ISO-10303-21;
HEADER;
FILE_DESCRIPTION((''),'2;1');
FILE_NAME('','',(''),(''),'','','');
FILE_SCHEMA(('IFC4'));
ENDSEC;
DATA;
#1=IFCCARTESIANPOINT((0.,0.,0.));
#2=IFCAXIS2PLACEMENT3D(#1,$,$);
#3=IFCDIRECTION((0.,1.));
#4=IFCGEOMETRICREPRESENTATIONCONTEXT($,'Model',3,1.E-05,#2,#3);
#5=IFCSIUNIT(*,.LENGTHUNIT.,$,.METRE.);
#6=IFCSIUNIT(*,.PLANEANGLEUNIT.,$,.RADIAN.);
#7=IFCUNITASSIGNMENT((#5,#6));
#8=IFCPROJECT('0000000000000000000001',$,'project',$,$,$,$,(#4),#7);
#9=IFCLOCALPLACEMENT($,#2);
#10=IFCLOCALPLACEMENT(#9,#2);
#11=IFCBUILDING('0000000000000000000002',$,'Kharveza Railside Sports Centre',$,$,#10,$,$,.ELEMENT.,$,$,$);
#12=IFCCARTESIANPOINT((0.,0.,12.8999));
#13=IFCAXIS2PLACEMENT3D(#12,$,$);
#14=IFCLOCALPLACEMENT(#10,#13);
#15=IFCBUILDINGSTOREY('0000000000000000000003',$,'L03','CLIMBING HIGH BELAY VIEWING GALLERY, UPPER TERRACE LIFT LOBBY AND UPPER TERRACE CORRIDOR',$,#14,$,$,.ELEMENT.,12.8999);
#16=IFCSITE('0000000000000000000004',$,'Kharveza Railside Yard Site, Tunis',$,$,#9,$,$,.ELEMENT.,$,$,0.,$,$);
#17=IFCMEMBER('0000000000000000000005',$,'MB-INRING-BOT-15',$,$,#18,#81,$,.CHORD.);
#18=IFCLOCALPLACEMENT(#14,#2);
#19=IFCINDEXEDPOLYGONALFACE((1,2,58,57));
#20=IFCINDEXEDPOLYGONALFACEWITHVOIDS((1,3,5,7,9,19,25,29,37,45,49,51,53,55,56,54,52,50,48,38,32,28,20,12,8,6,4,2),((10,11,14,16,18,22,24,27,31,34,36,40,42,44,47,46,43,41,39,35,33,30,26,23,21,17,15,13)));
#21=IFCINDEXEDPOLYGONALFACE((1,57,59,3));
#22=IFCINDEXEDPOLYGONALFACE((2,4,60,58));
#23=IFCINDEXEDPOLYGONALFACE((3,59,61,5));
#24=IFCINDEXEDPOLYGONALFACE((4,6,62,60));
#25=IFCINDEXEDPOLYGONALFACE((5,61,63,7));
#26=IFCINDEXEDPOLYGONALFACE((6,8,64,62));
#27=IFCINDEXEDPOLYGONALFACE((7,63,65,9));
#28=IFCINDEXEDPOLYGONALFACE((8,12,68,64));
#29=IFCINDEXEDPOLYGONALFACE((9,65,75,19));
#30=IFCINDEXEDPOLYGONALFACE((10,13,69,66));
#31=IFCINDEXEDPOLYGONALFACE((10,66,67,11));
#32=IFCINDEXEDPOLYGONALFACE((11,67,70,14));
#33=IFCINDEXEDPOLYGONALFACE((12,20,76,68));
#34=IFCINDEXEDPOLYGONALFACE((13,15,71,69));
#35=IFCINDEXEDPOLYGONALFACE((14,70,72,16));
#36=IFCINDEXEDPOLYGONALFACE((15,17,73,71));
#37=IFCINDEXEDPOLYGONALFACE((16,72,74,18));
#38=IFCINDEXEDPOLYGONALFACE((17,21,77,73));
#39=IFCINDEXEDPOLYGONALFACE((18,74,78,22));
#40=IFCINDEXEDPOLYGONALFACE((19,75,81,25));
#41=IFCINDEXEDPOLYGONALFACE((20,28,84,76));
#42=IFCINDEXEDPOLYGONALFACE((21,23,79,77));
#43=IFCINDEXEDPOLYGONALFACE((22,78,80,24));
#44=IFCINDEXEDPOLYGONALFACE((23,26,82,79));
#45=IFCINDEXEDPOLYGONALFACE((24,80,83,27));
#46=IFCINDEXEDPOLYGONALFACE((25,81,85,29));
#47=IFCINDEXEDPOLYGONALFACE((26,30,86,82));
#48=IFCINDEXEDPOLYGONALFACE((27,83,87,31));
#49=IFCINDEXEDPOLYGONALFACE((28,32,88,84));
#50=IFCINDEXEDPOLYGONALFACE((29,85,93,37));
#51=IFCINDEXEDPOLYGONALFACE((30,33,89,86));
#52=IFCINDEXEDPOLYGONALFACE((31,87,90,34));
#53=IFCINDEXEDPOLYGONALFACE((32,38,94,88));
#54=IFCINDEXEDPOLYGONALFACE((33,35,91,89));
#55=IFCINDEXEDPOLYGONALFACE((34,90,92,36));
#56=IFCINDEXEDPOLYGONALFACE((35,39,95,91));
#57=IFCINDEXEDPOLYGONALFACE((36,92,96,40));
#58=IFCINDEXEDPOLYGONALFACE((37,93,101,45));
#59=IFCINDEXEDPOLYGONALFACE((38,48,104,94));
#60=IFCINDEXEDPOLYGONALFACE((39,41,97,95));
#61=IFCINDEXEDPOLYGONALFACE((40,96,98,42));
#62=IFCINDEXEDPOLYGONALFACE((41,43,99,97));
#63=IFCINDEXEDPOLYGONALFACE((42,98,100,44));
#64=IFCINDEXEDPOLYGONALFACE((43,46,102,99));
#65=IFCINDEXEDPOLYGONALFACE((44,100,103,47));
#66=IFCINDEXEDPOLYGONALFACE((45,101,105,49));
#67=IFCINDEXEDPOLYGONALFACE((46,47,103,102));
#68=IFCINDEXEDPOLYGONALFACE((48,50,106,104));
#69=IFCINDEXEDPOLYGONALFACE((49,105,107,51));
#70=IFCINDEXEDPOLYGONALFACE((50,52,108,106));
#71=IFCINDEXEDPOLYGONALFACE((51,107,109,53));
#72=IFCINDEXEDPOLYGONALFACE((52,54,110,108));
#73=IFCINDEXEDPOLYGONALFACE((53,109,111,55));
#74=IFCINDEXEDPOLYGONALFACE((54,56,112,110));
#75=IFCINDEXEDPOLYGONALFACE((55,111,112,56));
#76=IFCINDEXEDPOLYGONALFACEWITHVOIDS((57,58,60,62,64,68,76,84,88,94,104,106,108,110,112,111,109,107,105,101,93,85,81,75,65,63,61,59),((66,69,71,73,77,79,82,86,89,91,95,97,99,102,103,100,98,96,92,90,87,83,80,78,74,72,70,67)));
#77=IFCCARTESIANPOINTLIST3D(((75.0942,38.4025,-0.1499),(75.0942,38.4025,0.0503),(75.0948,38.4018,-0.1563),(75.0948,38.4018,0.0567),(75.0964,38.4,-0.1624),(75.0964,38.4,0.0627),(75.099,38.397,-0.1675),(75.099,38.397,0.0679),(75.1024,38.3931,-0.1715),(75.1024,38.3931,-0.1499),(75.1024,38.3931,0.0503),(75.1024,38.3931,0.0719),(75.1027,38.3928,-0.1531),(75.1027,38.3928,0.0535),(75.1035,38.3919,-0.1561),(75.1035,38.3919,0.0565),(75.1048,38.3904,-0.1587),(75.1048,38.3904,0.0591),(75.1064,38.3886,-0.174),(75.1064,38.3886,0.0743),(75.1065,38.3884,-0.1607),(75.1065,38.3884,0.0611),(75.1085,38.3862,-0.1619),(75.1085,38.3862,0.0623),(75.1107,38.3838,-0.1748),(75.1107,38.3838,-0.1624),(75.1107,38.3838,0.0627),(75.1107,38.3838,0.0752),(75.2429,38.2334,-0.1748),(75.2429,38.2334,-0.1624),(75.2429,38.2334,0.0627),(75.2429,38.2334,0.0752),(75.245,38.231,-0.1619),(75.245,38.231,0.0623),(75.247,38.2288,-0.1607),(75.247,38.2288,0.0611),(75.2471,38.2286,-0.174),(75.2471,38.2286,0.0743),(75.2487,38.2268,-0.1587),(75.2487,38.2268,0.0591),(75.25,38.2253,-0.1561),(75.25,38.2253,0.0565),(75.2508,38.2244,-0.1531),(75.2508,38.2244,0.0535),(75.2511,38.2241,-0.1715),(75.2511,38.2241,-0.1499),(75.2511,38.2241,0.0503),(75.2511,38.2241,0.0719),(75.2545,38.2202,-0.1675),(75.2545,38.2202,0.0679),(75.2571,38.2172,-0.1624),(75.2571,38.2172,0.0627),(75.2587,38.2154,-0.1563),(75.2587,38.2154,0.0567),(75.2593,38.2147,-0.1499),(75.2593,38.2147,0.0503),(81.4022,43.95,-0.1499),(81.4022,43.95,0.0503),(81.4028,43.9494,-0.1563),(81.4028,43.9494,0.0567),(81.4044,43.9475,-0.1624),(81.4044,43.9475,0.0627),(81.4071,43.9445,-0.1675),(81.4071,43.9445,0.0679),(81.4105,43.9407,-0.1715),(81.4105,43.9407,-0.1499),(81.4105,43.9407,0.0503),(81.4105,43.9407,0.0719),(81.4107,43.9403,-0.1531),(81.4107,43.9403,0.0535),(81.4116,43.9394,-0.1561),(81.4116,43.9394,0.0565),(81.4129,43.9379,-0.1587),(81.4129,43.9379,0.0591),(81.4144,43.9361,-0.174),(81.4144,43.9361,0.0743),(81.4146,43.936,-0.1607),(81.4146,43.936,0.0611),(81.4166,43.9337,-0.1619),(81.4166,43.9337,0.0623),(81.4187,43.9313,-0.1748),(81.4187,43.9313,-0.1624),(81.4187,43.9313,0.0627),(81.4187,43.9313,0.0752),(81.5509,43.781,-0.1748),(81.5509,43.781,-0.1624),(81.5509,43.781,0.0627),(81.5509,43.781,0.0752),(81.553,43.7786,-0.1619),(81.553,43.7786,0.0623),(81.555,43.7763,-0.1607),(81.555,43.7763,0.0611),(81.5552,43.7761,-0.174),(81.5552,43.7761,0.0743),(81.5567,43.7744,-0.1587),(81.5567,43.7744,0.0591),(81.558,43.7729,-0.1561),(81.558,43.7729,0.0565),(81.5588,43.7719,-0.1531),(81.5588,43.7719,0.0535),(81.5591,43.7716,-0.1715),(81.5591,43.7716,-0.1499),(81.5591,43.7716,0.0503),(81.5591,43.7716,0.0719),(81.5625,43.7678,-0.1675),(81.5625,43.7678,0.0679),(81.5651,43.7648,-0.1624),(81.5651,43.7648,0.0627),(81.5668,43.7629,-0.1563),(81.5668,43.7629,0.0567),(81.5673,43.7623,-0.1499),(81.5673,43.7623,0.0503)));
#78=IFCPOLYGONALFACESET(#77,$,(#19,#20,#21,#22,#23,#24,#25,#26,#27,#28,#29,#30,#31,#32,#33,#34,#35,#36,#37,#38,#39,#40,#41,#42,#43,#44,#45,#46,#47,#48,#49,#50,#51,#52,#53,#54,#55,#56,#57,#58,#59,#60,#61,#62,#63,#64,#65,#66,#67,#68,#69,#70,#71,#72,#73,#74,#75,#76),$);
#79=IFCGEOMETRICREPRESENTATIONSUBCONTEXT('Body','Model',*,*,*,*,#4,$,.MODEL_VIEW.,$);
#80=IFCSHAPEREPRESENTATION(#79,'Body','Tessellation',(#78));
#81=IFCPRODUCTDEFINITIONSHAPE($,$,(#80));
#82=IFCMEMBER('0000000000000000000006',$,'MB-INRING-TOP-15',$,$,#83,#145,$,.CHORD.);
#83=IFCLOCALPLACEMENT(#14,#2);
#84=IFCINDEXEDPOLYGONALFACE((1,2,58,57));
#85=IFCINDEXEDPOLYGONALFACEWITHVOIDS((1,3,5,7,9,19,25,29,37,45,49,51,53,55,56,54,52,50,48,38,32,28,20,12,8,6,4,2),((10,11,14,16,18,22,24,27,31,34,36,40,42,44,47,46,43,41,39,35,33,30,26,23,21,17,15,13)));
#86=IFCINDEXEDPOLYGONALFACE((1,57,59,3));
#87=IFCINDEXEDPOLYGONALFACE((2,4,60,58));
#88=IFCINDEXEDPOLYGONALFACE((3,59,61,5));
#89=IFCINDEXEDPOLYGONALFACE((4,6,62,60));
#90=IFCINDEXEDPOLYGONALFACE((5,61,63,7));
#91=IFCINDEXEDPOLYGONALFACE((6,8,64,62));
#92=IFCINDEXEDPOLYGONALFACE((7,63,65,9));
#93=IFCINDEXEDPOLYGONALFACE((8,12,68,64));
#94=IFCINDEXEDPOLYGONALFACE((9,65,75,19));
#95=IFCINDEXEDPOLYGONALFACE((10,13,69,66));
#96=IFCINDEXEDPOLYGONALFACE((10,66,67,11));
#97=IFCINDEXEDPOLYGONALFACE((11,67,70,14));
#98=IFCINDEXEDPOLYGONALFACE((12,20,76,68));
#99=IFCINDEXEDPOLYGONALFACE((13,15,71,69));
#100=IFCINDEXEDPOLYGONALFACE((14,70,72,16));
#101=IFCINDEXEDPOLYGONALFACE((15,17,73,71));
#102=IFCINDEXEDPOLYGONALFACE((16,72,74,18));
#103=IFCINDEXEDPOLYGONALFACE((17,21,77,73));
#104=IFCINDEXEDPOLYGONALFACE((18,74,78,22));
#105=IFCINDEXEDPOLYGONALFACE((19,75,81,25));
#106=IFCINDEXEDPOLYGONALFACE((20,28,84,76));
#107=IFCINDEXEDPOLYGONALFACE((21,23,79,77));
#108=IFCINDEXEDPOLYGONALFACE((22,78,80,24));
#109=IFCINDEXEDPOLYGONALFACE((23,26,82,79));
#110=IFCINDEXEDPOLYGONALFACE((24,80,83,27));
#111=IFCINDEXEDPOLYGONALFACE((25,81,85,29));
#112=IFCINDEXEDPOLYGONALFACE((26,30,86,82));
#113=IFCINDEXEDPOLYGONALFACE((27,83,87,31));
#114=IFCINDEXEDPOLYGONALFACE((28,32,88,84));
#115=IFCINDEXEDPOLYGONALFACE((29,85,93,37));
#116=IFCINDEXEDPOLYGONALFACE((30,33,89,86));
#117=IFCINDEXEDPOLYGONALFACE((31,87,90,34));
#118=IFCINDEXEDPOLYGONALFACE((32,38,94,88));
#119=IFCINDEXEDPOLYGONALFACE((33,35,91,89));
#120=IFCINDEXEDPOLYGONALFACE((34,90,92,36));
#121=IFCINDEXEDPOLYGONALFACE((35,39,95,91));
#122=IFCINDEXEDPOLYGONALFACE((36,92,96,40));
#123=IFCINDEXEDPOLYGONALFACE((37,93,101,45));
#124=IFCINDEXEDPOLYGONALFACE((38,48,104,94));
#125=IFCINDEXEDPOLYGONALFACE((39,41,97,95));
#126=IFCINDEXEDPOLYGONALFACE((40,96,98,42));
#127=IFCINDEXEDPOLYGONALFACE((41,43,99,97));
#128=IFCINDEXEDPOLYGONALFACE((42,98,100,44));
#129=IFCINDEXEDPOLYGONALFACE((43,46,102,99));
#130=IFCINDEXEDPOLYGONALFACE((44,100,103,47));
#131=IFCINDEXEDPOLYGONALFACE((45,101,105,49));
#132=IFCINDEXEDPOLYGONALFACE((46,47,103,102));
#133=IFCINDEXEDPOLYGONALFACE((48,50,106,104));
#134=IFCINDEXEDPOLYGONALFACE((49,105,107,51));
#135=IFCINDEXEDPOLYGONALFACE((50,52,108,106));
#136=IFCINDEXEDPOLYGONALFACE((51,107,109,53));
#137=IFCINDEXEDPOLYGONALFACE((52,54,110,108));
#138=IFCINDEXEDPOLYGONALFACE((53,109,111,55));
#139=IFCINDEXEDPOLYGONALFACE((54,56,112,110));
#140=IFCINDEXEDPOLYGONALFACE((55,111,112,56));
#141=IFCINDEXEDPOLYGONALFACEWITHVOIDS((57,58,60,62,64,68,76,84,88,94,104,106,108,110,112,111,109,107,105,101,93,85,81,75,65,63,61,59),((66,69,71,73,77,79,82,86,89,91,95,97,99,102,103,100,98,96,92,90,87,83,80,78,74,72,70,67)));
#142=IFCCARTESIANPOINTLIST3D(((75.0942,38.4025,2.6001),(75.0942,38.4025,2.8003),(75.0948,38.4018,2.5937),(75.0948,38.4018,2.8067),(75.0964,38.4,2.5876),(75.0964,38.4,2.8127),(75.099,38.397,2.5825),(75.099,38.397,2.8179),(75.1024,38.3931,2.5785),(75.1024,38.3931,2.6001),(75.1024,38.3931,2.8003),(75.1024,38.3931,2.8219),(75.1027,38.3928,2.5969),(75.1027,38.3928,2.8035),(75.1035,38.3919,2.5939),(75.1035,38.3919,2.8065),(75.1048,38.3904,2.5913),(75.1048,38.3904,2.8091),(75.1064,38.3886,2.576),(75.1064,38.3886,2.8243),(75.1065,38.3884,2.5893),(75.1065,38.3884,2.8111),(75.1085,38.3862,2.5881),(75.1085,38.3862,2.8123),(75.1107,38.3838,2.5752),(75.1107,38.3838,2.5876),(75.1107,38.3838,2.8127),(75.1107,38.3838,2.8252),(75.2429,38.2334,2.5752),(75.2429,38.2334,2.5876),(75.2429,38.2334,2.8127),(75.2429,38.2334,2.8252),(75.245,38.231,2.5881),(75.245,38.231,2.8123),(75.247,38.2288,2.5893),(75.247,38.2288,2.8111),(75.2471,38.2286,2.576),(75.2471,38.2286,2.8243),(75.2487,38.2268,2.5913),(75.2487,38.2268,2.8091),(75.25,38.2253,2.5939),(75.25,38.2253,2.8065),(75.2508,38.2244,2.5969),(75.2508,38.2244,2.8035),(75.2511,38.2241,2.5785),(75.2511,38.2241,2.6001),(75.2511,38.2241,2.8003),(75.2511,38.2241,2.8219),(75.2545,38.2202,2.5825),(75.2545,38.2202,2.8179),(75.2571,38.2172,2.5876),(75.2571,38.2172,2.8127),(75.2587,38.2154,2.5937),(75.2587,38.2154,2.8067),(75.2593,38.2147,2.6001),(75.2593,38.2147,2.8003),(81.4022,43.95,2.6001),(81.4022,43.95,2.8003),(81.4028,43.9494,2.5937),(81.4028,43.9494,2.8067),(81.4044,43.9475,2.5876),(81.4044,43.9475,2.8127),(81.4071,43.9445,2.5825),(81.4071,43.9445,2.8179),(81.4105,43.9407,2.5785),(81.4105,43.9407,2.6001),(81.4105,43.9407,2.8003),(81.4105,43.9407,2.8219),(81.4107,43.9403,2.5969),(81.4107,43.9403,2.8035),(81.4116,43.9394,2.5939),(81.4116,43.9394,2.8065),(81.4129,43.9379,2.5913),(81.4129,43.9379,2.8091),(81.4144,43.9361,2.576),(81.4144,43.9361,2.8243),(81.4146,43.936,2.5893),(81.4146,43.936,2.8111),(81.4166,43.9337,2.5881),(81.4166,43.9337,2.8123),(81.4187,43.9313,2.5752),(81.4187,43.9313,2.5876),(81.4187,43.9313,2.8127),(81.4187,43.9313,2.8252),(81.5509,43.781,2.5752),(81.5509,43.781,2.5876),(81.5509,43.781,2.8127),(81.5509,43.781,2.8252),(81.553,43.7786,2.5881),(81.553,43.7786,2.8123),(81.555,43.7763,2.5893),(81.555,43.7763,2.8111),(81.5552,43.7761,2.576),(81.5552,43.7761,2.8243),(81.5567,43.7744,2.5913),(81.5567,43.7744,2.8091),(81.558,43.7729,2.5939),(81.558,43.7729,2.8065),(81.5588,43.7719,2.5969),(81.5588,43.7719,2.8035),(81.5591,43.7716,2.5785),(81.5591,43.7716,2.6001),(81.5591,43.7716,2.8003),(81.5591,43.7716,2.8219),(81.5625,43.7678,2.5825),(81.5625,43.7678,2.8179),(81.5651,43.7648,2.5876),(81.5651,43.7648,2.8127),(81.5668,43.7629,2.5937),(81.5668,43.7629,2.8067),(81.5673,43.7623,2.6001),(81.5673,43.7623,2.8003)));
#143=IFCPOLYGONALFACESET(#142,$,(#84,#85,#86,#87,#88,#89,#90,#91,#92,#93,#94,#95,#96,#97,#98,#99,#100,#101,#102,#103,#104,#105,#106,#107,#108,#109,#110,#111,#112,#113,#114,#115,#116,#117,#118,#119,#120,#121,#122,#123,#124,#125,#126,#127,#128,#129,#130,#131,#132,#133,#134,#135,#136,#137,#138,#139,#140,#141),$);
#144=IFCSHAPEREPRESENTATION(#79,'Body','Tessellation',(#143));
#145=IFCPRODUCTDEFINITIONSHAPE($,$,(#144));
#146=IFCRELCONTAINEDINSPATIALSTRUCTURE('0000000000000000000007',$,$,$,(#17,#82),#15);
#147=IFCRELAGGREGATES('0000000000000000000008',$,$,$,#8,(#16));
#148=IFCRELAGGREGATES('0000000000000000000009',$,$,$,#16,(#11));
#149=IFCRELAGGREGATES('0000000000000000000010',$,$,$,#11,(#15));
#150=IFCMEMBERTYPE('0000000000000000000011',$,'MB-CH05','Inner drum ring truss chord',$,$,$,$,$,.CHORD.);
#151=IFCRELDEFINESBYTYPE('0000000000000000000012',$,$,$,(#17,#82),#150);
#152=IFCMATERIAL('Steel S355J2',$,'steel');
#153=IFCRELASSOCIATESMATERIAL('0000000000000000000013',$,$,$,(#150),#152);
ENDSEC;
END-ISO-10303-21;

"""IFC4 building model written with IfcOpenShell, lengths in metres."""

from ifc_helpers import new_model, si_unit, direction, frame, origin, origin_2d, place, context, subcontext, project, spatial, hollow_rectangle, extrude, material, material_profile, profile_set, type_object, element, save


model = new_model("IFC4")

# Units and contexts
model_context = context("Model", 3, precision=1e-05, world=origin(), true_north=direction((0.0, 1.0)))
body_context = subcontext(model_context, "Body", "Model", "MODEL_VIEW")
ifc_project = project(units=[si_unit("LENGTHUNIT", "METRE"), si_unit("PLANEANGLEUNIT", "RADIAN")], contexts=[model_context])

# Site, building, storey
site_placement = place(None, origin())
site = spatial("IfcSite", under=ifc_project, at=site_placement, Name="Kharveza Railside Yard Site, Tunis", CompositionType="ELEMENT", RefElevation=0.0)
building_placement = place(site_placement, origin())
building = spatial("IfcBuilding", under=site, at=building_placement, Name="Kharveza Railside Sports Centre", CompositionType="ELEMENT")
storey_placement = place(building_placement, frame((0.0, 0.0, 12.8999)))
storey = spatial("IfcBuildingStorey", under=building, at=storey_placement, Name="L03", Description="CLIMBING HIGH BELAY VIEWING GALLERY, UPPER TERRACE LIFT LOBBY AND UPPER TERRACE CORRIDOR", CompositionType="ELEMENT", Elevation=12.8999)

# Members
ifc_material = material(Name="Steel S355J2", Category="steel")
ifc_material_profile_1 = material_profile(ifc_material, hollow_rectangle(XDim=0.25, YDim=0.25, WallThickness=0.0125, InnerFilletRadius=0.0125, OuterFilletRadius=0.0249, at=origin_2d()), Name="SHS 250x250x12.5")
ifc_profile_set_1 = profile_set([ifc_material_profile_1], Name="Steel S355J2")
member_type_1 = type_object("IfcMemberType", Name="MB-CH05", Description="Inner drum ring truss chord", PredefinedType="CHORD", material=ifc_profile_set_1)
for number, where, z_axis, x_axis, name in (
    (1, (75.1768, 38.3086, -0.0498), (0.750922, 0.660391, 0.0), (-0.660391, 0.750922, 0.0), "MB-INRING-BOT-15"),
    (2, (75.1768, 38.3086, 2.7002), (0.750922, 0.660391, 0.0), (-0.660391, 0.750922, 0.0), "MB-INRING-TOP-15"),
):
    element("IfcMember", number, at=place(storey_placement, frame(where, z_axis=z_axis, x_axis=x_axis)), inside=storey, type_object=member_type_1, Name=name, PredefinedType="CHORD", context=body_context, shape_type="SweptSolid", body=[
        extrude(hollow_rectangle(XDim=0.25, YDim=0.25, WallThickness=0.0125, InnerFilletRadius=0.0125, OuterFilletRadius=0.0249, at=origin_2d()), origin(), (0.0, 0.0, 1.0), 8.4004),
    ])

save(model, "model.ifc")
